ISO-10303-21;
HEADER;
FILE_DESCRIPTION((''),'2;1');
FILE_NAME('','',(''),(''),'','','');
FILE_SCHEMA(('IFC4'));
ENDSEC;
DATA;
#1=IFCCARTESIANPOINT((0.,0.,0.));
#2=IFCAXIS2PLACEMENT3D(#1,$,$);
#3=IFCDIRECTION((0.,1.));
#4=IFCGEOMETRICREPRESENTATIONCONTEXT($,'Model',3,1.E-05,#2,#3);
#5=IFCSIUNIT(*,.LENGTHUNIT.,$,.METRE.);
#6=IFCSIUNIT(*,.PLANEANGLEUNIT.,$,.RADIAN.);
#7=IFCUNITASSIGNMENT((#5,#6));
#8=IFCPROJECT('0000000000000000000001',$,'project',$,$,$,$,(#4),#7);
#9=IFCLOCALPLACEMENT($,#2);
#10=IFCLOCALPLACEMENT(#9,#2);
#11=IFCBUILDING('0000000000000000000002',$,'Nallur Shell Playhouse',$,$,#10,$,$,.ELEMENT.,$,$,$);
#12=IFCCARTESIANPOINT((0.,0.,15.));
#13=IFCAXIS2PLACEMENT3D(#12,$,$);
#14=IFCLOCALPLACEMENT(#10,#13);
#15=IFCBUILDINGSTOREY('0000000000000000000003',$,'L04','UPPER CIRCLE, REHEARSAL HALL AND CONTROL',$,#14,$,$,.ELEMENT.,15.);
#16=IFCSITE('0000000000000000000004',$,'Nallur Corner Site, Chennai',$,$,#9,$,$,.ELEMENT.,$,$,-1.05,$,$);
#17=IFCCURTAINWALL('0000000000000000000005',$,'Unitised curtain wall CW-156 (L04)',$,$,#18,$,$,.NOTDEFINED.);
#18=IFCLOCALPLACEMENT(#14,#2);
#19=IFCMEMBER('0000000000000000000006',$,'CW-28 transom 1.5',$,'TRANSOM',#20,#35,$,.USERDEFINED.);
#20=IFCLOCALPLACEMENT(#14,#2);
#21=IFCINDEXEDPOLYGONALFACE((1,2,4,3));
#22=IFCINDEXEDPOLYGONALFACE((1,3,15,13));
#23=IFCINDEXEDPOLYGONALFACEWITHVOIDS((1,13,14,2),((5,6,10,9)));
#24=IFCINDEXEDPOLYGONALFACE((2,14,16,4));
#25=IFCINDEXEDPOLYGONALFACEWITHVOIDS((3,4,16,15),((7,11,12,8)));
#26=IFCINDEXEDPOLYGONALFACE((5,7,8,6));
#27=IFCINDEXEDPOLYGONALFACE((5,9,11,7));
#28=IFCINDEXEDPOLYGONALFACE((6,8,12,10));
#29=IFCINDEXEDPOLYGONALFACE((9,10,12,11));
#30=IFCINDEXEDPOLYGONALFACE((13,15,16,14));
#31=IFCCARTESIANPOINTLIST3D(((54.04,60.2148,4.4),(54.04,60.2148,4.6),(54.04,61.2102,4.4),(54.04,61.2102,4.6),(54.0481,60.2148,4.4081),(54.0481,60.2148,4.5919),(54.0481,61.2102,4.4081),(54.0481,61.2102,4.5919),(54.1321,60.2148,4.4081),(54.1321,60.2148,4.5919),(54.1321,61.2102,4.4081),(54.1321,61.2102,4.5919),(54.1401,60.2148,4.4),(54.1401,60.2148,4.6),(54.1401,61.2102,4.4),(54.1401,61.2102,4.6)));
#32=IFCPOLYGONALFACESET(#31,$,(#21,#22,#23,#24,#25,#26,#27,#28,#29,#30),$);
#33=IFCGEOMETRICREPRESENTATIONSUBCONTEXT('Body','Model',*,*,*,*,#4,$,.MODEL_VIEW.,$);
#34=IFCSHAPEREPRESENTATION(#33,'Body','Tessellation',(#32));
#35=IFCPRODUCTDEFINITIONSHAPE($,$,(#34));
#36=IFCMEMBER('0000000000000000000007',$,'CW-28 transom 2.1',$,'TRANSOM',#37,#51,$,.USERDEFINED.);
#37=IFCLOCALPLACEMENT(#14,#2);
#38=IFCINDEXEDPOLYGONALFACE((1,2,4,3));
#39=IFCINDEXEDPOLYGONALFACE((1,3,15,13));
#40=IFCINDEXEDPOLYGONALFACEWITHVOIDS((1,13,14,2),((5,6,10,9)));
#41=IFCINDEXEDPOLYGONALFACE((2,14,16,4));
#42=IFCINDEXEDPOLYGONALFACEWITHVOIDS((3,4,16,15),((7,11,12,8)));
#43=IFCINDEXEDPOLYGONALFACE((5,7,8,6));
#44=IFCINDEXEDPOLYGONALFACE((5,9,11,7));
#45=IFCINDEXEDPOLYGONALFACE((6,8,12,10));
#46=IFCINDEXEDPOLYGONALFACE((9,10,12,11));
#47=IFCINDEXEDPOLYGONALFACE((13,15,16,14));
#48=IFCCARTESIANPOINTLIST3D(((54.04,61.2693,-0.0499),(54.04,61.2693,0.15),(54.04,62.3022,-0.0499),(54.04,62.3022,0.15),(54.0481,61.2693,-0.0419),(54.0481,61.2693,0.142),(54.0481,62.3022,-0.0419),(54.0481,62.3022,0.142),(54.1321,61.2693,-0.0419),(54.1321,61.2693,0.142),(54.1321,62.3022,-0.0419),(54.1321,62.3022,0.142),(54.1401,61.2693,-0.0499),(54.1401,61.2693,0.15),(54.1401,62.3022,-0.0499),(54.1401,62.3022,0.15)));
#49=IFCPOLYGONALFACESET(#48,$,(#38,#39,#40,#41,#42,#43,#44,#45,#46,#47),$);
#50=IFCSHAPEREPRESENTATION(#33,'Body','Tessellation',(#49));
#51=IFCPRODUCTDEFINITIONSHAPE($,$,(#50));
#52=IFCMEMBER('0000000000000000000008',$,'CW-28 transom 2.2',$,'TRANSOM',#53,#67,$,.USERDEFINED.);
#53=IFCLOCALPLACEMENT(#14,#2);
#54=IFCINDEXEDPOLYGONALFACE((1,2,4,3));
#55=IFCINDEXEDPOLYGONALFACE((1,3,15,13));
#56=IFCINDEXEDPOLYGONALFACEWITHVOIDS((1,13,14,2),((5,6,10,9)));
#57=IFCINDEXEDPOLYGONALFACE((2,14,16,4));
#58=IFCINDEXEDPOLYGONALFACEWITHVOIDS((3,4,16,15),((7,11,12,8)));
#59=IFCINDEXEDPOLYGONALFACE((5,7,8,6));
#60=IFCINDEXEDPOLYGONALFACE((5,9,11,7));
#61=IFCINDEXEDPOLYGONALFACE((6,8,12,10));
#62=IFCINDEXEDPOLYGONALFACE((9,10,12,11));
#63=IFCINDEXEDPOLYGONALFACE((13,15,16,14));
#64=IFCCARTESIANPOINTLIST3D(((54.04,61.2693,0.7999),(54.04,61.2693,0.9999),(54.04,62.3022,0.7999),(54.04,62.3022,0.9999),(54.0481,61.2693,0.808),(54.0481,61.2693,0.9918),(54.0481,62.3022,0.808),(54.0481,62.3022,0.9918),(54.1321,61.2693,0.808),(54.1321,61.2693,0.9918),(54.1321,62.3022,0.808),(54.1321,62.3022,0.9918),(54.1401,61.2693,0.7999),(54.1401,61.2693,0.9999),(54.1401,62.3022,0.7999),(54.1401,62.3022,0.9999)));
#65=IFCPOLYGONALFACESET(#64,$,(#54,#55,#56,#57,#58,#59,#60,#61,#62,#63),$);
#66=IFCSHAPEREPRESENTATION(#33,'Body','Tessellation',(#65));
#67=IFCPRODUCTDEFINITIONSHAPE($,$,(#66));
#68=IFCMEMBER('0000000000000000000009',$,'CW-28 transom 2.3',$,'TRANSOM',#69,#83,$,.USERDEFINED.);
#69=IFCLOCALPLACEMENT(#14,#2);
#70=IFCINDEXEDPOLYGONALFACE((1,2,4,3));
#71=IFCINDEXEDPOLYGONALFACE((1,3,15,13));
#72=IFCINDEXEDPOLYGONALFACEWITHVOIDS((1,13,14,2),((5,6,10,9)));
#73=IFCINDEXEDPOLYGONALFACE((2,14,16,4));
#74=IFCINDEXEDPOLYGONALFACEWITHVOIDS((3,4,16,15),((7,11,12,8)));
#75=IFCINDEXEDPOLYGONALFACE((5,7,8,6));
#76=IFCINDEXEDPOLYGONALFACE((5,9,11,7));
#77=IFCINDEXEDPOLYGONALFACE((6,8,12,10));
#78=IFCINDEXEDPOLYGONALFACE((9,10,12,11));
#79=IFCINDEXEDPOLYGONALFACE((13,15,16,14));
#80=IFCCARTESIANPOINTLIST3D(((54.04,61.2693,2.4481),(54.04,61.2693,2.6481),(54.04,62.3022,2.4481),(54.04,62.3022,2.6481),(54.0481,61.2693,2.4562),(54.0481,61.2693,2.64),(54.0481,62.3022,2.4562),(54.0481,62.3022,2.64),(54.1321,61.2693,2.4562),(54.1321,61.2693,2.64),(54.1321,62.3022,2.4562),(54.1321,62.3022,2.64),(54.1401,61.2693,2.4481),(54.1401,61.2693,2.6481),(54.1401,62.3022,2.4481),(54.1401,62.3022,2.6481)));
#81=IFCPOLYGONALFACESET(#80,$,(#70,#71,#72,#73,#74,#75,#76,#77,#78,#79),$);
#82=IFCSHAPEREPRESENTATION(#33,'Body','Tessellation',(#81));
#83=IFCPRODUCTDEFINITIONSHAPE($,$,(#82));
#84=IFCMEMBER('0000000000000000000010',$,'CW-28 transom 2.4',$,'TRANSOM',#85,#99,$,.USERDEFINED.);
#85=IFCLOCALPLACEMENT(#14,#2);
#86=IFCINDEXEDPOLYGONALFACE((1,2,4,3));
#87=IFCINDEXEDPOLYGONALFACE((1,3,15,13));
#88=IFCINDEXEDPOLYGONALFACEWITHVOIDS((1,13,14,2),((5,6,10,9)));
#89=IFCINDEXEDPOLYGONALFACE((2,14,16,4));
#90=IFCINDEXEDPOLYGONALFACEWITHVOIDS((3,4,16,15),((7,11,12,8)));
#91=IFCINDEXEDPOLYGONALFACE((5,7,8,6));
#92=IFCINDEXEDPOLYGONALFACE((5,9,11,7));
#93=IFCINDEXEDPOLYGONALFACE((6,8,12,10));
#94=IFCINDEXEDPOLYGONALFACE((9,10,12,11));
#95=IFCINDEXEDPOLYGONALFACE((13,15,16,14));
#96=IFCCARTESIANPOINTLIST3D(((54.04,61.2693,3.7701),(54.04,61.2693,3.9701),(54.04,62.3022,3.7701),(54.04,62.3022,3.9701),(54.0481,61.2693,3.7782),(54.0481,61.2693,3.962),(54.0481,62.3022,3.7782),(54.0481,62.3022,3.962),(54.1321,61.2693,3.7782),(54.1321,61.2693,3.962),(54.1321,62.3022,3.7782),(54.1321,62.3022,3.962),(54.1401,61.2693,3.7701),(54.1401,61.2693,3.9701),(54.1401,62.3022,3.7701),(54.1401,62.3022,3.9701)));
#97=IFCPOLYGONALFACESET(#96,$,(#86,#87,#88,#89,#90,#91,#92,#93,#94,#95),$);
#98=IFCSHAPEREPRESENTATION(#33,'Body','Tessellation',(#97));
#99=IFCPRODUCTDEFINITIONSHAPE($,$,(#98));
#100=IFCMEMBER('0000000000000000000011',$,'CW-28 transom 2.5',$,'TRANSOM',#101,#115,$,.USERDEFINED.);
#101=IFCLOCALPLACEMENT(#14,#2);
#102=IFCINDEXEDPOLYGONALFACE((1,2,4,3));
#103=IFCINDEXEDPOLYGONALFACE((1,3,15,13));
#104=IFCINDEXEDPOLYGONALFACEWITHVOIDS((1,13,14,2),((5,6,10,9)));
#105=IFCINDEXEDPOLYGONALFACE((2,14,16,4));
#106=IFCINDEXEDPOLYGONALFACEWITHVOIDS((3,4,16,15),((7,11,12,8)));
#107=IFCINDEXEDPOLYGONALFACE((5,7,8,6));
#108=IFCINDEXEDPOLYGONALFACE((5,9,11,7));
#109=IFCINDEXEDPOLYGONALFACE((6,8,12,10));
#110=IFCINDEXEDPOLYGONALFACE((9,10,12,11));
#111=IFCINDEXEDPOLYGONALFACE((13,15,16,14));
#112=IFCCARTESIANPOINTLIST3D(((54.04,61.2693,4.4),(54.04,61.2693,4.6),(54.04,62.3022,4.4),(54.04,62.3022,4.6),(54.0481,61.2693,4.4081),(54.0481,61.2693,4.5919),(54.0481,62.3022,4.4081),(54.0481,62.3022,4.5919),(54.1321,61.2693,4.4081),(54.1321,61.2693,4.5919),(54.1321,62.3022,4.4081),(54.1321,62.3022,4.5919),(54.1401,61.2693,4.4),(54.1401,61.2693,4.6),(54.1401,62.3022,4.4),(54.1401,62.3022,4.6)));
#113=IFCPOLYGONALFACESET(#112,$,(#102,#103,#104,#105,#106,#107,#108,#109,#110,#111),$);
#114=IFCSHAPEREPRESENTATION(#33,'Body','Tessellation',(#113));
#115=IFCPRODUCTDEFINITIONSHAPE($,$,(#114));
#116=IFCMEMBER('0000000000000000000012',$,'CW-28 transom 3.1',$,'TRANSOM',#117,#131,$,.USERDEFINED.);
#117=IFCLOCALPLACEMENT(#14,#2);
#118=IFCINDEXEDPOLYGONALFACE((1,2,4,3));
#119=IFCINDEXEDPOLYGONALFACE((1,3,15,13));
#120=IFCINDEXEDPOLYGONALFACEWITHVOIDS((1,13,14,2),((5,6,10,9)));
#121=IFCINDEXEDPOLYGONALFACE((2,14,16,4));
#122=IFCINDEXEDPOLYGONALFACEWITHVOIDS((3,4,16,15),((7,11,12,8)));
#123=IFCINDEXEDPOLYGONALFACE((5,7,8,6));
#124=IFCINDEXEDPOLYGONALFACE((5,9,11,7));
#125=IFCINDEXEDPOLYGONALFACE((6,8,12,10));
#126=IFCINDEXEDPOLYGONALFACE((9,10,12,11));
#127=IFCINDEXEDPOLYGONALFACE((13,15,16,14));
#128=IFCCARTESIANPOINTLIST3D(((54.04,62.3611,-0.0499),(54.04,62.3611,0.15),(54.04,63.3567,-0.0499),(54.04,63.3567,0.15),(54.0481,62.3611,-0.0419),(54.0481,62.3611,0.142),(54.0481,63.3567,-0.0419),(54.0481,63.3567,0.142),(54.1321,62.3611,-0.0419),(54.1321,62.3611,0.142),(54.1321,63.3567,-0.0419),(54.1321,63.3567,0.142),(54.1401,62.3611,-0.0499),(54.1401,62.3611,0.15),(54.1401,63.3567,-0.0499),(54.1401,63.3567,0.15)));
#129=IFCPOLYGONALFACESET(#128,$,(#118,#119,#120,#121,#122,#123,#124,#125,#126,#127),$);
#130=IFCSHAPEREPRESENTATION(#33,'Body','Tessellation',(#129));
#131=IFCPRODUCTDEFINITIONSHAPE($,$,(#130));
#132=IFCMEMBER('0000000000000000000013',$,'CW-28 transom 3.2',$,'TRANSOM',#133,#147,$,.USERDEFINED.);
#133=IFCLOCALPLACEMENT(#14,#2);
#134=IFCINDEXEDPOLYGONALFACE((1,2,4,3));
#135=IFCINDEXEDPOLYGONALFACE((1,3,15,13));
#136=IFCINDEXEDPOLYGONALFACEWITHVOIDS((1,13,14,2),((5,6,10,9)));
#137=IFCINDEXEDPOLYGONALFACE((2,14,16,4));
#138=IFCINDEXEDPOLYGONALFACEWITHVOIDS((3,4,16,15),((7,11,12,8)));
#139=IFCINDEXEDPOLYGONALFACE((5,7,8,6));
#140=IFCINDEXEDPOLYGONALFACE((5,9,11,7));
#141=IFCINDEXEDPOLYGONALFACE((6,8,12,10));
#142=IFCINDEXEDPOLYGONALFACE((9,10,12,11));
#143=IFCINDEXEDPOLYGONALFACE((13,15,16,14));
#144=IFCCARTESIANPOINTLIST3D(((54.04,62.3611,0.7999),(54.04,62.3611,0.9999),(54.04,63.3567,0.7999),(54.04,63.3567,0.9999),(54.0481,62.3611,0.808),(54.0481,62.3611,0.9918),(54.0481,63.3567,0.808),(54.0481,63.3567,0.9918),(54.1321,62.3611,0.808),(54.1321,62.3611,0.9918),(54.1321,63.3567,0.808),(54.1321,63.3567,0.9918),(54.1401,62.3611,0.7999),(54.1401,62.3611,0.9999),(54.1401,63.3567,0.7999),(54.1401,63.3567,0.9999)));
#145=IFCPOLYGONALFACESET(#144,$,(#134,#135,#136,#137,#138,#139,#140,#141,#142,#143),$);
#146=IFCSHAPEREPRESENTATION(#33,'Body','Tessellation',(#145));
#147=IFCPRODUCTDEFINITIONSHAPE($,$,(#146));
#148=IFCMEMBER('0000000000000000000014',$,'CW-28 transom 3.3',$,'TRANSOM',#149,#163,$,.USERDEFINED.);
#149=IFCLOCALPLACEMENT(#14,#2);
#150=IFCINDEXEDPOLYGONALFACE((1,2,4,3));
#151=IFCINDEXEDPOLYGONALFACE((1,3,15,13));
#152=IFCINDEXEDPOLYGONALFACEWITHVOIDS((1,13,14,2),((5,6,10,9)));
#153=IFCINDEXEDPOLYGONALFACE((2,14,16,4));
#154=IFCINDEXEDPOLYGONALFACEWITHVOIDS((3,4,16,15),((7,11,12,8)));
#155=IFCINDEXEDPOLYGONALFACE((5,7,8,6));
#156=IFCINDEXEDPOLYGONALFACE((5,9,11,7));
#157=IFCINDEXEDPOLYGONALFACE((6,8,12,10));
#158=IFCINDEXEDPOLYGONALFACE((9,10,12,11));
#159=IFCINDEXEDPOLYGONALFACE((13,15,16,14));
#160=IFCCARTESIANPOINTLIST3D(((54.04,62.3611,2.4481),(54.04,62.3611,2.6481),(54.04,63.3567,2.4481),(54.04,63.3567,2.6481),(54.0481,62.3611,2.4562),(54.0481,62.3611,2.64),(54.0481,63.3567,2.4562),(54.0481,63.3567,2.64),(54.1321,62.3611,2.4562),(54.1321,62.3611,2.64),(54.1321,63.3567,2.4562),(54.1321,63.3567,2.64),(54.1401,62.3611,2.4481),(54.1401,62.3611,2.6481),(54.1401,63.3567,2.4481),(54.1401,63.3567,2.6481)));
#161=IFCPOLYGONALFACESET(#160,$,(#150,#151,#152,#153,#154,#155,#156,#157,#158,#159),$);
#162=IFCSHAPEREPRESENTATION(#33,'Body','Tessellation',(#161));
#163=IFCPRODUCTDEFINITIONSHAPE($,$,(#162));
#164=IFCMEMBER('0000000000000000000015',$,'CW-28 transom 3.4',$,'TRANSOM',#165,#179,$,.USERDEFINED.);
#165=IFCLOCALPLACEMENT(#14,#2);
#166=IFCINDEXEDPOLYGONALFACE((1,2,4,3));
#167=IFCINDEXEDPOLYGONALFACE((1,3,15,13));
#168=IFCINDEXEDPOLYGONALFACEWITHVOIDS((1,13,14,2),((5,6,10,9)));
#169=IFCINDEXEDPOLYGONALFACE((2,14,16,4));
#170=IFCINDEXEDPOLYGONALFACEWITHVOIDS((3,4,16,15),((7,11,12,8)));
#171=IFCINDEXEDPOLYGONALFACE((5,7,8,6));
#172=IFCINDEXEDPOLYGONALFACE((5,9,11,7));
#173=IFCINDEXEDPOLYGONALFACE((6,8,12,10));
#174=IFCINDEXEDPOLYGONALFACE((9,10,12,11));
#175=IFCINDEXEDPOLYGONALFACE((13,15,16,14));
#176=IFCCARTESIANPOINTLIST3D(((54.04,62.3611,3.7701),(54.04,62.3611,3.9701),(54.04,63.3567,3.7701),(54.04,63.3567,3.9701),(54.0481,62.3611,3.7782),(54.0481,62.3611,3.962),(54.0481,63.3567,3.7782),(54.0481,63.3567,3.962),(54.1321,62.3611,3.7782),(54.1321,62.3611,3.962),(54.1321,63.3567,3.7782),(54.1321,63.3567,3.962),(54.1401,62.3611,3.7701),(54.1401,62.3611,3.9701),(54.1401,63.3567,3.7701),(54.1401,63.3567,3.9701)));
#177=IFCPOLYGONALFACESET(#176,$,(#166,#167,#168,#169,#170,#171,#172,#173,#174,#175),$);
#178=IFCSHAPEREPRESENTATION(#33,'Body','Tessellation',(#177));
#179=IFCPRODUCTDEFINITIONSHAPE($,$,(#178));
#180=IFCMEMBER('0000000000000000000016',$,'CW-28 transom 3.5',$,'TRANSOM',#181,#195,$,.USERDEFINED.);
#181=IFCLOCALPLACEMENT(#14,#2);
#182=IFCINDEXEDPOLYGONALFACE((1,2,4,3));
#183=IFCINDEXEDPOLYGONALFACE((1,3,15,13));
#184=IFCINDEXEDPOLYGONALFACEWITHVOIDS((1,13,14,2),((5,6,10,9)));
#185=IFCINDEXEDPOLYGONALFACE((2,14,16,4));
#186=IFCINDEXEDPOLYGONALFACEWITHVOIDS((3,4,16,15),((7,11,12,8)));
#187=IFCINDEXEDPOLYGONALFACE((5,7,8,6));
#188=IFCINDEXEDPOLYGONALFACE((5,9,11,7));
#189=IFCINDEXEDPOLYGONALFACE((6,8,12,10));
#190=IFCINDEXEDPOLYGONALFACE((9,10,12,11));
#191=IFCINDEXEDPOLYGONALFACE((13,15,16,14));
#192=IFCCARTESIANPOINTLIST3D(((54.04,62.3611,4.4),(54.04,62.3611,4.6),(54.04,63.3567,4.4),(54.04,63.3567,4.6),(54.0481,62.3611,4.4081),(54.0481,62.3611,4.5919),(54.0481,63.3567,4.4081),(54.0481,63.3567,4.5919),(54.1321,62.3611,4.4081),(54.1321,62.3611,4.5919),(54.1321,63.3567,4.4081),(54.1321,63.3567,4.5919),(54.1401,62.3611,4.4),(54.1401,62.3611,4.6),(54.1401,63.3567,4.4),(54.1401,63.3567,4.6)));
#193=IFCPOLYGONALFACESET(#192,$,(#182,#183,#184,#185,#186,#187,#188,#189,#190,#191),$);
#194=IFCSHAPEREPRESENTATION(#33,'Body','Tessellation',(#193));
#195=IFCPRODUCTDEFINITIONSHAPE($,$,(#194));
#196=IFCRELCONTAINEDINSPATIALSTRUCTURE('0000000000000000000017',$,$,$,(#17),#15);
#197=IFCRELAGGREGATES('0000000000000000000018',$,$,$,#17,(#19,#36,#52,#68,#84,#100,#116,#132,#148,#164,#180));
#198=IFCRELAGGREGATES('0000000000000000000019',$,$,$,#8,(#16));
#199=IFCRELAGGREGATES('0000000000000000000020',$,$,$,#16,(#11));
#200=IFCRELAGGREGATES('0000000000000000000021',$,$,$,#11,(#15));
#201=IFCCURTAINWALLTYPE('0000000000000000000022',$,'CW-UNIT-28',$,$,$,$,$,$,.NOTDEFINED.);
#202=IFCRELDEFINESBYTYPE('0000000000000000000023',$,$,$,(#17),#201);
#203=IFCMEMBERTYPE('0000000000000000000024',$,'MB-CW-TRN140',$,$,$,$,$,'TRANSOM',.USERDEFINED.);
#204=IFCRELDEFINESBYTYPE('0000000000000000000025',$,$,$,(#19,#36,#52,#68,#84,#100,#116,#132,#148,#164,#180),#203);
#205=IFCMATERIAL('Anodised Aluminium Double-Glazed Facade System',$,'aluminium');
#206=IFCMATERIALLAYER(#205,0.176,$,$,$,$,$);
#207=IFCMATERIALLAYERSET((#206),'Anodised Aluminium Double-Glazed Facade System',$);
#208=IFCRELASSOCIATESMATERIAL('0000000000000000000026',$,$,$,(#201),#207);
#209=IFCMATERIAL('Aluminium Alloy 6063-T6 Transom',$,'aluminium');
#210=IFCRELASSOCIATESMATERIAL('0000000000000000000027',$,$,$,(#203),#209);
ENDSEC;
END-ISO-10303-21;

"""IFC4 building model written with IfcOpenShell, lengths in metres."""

from ifc_helpers import new_model, si_unit, direction, frame, origin, origin_2d, place, context, subcontext, project, spatial, hollow_rectangle, extrude, material, layer, layer_set, material_profile, profile_set, type_object, element, aggregate, save


model = new_model("IFC4")

# Units and contexts
model_context = context("Model", 3, precision=1e-05, world=origin(), true_north=direction((0.0, 1.0)))
body_context = subcontext(model_context, "Body", "Model", "MODEL_VIEW")
ifc_project = project(units=[si_unit("LENGTHUNIT", "METRE"), si_unit("PLANEANGLEUNIT", "RADIAN")], contexts=[model_context])

# Site, building, storey
site_placement = place(None, origin())
site = spatial("IfcSite", under=ifc_project, at=site_placement, Name="Nallur Corner Site, Chennai", CompositionType="ELEMENT", RefElevation=-1.05)
building_placement = place(site_placement, origin())
building = spatial("IfcBuilding", under=site, at=building_placement, Name="Nallur Shell Playhouse", CompositionType="ELEMENT")
storey_placement = place(building_placement, frame((0.0, 0.0, 15.0)))
storey = spatial("IfcBuildingStorey", under=building, at=storey_placement, Name="L04", Description="UPPER CIRCLE, REHEARSAL HALL AND CONTROL", CompositionType="ELEMENT", Elevation=15.0)

# Shared definitions
ifc_material_1 = material(Name="Anodised Aluminium Double-Glazed Facade System", Category="aluminium")

# Curtain wall
ifc_layer_1 = layer(ifc_material_1, 0.176)
ifc_layer_set_1 = layer_set([ifc_layer_1], Name="Anodised Aluminium Double-Glazed Facade System")
curtain_wall_type_1 = type_object("IfcCurtainWallType", Name="CW-UNIT-28", PredefinedType="NOTDEFINED", material=ifc_layer_set_1)
curtain_wall_1_placement = place(storey_placement, origin())
curtain_wall_1 = element("IfcCurtainWall", 1, at=curtain_wall_1_placement, inside=storey, type_object=curtain_wall_type_1, Name="Unitised curtain wall CW-156 (L04)", PredefinedType="NOTDEFINED")

# Members
ifc_material_2 = material(Name="Aluminium Alloy 6063-T6 Transom", Category="aluminium")
ifc_material_profile_1 = material_profile(ifc_material_2, hollow_rectangle(XDim=0.1001, YDim=0.2, WallThickness=0.0081, at=origin_2d()), Name="RHS 200x100x8")
ifc_profile_set_1 = profile_set([ifc_material_profile_1], Name="Aluminium Alloy 6063-T6 Transom")
member_type_1 = type_object("IfcMemberType", Name="MB-CW-TRN140", ElementType="TRANSOM", PredefinedType="USERDEFINED", material=ifc_profile_set_1)
member_1_placement = place(storey_placement, frame((54.0901, 60.2148, 4.5), z_axis=(0.0, 1.0, 0.0), x_axis=(-1.0, 0.0, 0.0)))
member_1 = element("IfcMember", 2, at=member_1_placement, type_object=member_type_1, Name="CW-28 transom 1.5", ObjectType="TRANSOM", PredefinedType="USERDEFINED", context=body_context, shape_type="SweptSolid", body=[
    extrude(hollow_rectangle(XDim=0.1001, YDim=0.2, WallThickness=0.0081, at=origin_2d()), origin(), (0.0, 0.0, 1.0), 0.9954),
])
member_2_placement = place(storey_placement, frame((54.0901, 61.2693, 0.05), z_axis=(0.0, 1.0, 0.0), x_axis=(-1.0, 0.0, 0.0)))
member_2 = element("IfcMember", 3, at=member_2_placement, type_object=member_type_1, Name="CW-28 transom 2.1", ObjectType="TRANSOM", PredefinedType="USERDEFINED", context=body_context, shape_type="SweptSolid", body=[
    extrude(hollow_rectangle(XDim=0.1001, YDim=0.2, WallThickness=0.0081, at=origin_2d()), origin(), (0.0, 0.0, 1.0), 1.033),
])
member_3_placement = place(storey_placement, frame((54.0901, 61.2693, 0.8999), z_axis=(0.0, 1.0, 0.0), x_axis=(-1.0, 0.0, 0.0)))
member_3 = element("IfcMember", 4, at=member_3_placement, type_object=member_type_1, Name="CW-28 transom 2.2", ObjectType="TRANSOM", PredefinedType="USERDEFINED", context=body_context, shape_type="SweptSolid", body=[
    extrude(hollow_rectangle(XDim=0.1001, YDim=0.2, WallThickness=0.0081, at=origin_2d()), origin(), (0.0, 0.0, 1.0), 1.033),
])
member_4_placement = place(storey_placement, frame((54.0901, 61.2693, 2.5481), z_axis=(0.0, 1.0, 0.0), x_axis=(-1.0, 0.0, 0.0)))
member_4 = element("IfcMember", 5, at=member_4_placement, type_object=member_type_1, Name="CW-28 transom 2.3", ObjectType="TRANSOM", PredefinedType="USERDEFINED", context=body_context, shape_type="SweptSolid", body=[
    extrude(hollow_rectangle(XDim=0.1001, YDim=0.2, WallThickness=0.0081, at=origin_2d()), origin(), (0.0, 0.0, 1.0), 1.033),
])
member_5_placement = place(storey_placement, frame((54.0901, 61.2693, 3.8701), z_axis=(0.0, 1.0, 0.0), x_axis=(-1.0, 0.0, 0.0)))
member_5 = element("IfcMember", 6, at=member_5_placement, type_object=member_type_1, Name="CW-28 transom 2.4", ObjectType="TRANSOM", PredefinedType="USERDEFINED", context=body_context, shape_type="SweptSolid", body=[
    extrude(hollow_rectangle(XDim=0.1001, YDim=0.2, WallThickness=0.0081, at=origin_2d()), origin(), (0.0, 0.0, 1.0), 1.033),
])
member_6_placement = place(storey_placement, frame((54.0901, 61.2693, 4.5), z_axis=(0.0, 1.0, 0.0), x_axis=(-1.0, 0.0, 0.0)))
member_6 = element("IfcMember", 7, at=member_6_placement, type_object=member_type_1, Name="CW-28 transom 2.5", ObjectType="TRANSOM", PredefinedType="USERDEFINED", context=body_context, shape_type="SweptSolid", body=[
    extrude(hollow_rectangle(XDim=0.1001, YDim=0.2, WallThickness=0.0081, at=origin_2d()), origin(), (0.0, 0.0, 1.0), 1.033),
])
member_7_placement = place(storey_placement, frame((54.0901, 62.3611, 0.05), z_axis=(0.0, 1.0, 0.0), x_axis=(-1.0, 0.0, 0.0)))
member_7 = element("IfcMember", 8, at=member_7_placement, type_object=member_type_1, Name="CW-28 transom 3.1", ObjectType="TRANSOM", PredefinedType="USERDEFINED", context=body_context, shape_type="SweptSolid", body=[
    extrude(hollow_rectangle(XDim=0.1001, YDim=0.2, WallThickness=0.0081, at=origin_2d()), origin(), (0.0, 0.0, 1.0), 0.9956),
])
member_8_placement = place(storey_placement, frame((54.0901, 62.3611, 0.8999), z_axis=(0.0, 1.0, 0.0), x_axis=(-1.0, 0.0, 0.0)))
member_8 = element("IfcMember", 9, at=member_8_placement, type_object=member_type_1, Name="CW-28 transom 3.2", ObjectType="TRANSOM", PredefinedType="USERDEFINED", context=body_context, shape_type="SweptSolid", body=[
    extrude(hollow_rectangle(XDim=0.1001, YDim=0.2, WallThickness=0.0081, at=origin_2d()), origin(), (0.0, 0.0, 1.0), 0.9956),
])
member_9_placement = place(storey_placement, frame((54.0901, 62.3611, 2.5481), z_axis=(0.0, 1.0, 0.0), x_axis=(-1.0, 0.0, 0.0)))
member_9 = element("IfcMember", 10, at=member_9_placement, type_object=member_type_1, Name="CW-28 transom 3.3", ObjectType="TRANSOM", PredefinedType="USERDEFINED", context=body_context, shape_type="SweptSolid", body=[
    extrude(hollow_rectangle(XDim=0.1001, YDim=0.2, WallThickness=0.0081, at=origin_2d()), origin(), (0.0, 0.0, 1.0), 0.9956),
])
member_10_placement = place(storey_placement, frame((54.0901, 62.3611, 3.8701), z_axis=(0.0, 1.0, 0.0), x_axis=(-1.0, 0.0, 0.0)))
member_10 = element("IfcMember", 11, at=member_10_placement, type_object=member_type_1, Name="CW-28 transom 3.4", ObjectType="TRANSOM", PredefinedType="USERDEFINED", context=body_context, shape_type="SweptSolid", body=[
    extrude(hollow_rectangle(XDim=0.1001, YDim=0.2, WallThickness=0.0081, at=origin_2d()), origin(), (0.0, 0.0, 1.0), 0.9956),
])
member_11_placement = place(storey_placement, frame((54.0901, 62.3611, 4.5), z_axis=(0.0, 1.0, 0.0), x_axis=(-1.0, 0.0, 0.0)))
member_11 = element("IfcMember", 12, at=member_11_placement, type_object=member_type_1, Name="CW-28 transom 3.5", ObjectType="TRANSOM", PredefinedType="USERDEFINED", context=body_context, shape_type="SweptSolid", body=[
    extrude(hollow_rectangle(XDim=0.1001, YDim=0.2, WallThickness=0.0081, at=origin_2d()), origin(), (0.0, 0.0, 1.0), 0.9956),
])

aggregate(curtain_wall_1, [member_1, member_2, member_3, member_4, member_5, member_6, member_7, member_8, member_9, member_10, member_11])

save(model, "model.ifc")
